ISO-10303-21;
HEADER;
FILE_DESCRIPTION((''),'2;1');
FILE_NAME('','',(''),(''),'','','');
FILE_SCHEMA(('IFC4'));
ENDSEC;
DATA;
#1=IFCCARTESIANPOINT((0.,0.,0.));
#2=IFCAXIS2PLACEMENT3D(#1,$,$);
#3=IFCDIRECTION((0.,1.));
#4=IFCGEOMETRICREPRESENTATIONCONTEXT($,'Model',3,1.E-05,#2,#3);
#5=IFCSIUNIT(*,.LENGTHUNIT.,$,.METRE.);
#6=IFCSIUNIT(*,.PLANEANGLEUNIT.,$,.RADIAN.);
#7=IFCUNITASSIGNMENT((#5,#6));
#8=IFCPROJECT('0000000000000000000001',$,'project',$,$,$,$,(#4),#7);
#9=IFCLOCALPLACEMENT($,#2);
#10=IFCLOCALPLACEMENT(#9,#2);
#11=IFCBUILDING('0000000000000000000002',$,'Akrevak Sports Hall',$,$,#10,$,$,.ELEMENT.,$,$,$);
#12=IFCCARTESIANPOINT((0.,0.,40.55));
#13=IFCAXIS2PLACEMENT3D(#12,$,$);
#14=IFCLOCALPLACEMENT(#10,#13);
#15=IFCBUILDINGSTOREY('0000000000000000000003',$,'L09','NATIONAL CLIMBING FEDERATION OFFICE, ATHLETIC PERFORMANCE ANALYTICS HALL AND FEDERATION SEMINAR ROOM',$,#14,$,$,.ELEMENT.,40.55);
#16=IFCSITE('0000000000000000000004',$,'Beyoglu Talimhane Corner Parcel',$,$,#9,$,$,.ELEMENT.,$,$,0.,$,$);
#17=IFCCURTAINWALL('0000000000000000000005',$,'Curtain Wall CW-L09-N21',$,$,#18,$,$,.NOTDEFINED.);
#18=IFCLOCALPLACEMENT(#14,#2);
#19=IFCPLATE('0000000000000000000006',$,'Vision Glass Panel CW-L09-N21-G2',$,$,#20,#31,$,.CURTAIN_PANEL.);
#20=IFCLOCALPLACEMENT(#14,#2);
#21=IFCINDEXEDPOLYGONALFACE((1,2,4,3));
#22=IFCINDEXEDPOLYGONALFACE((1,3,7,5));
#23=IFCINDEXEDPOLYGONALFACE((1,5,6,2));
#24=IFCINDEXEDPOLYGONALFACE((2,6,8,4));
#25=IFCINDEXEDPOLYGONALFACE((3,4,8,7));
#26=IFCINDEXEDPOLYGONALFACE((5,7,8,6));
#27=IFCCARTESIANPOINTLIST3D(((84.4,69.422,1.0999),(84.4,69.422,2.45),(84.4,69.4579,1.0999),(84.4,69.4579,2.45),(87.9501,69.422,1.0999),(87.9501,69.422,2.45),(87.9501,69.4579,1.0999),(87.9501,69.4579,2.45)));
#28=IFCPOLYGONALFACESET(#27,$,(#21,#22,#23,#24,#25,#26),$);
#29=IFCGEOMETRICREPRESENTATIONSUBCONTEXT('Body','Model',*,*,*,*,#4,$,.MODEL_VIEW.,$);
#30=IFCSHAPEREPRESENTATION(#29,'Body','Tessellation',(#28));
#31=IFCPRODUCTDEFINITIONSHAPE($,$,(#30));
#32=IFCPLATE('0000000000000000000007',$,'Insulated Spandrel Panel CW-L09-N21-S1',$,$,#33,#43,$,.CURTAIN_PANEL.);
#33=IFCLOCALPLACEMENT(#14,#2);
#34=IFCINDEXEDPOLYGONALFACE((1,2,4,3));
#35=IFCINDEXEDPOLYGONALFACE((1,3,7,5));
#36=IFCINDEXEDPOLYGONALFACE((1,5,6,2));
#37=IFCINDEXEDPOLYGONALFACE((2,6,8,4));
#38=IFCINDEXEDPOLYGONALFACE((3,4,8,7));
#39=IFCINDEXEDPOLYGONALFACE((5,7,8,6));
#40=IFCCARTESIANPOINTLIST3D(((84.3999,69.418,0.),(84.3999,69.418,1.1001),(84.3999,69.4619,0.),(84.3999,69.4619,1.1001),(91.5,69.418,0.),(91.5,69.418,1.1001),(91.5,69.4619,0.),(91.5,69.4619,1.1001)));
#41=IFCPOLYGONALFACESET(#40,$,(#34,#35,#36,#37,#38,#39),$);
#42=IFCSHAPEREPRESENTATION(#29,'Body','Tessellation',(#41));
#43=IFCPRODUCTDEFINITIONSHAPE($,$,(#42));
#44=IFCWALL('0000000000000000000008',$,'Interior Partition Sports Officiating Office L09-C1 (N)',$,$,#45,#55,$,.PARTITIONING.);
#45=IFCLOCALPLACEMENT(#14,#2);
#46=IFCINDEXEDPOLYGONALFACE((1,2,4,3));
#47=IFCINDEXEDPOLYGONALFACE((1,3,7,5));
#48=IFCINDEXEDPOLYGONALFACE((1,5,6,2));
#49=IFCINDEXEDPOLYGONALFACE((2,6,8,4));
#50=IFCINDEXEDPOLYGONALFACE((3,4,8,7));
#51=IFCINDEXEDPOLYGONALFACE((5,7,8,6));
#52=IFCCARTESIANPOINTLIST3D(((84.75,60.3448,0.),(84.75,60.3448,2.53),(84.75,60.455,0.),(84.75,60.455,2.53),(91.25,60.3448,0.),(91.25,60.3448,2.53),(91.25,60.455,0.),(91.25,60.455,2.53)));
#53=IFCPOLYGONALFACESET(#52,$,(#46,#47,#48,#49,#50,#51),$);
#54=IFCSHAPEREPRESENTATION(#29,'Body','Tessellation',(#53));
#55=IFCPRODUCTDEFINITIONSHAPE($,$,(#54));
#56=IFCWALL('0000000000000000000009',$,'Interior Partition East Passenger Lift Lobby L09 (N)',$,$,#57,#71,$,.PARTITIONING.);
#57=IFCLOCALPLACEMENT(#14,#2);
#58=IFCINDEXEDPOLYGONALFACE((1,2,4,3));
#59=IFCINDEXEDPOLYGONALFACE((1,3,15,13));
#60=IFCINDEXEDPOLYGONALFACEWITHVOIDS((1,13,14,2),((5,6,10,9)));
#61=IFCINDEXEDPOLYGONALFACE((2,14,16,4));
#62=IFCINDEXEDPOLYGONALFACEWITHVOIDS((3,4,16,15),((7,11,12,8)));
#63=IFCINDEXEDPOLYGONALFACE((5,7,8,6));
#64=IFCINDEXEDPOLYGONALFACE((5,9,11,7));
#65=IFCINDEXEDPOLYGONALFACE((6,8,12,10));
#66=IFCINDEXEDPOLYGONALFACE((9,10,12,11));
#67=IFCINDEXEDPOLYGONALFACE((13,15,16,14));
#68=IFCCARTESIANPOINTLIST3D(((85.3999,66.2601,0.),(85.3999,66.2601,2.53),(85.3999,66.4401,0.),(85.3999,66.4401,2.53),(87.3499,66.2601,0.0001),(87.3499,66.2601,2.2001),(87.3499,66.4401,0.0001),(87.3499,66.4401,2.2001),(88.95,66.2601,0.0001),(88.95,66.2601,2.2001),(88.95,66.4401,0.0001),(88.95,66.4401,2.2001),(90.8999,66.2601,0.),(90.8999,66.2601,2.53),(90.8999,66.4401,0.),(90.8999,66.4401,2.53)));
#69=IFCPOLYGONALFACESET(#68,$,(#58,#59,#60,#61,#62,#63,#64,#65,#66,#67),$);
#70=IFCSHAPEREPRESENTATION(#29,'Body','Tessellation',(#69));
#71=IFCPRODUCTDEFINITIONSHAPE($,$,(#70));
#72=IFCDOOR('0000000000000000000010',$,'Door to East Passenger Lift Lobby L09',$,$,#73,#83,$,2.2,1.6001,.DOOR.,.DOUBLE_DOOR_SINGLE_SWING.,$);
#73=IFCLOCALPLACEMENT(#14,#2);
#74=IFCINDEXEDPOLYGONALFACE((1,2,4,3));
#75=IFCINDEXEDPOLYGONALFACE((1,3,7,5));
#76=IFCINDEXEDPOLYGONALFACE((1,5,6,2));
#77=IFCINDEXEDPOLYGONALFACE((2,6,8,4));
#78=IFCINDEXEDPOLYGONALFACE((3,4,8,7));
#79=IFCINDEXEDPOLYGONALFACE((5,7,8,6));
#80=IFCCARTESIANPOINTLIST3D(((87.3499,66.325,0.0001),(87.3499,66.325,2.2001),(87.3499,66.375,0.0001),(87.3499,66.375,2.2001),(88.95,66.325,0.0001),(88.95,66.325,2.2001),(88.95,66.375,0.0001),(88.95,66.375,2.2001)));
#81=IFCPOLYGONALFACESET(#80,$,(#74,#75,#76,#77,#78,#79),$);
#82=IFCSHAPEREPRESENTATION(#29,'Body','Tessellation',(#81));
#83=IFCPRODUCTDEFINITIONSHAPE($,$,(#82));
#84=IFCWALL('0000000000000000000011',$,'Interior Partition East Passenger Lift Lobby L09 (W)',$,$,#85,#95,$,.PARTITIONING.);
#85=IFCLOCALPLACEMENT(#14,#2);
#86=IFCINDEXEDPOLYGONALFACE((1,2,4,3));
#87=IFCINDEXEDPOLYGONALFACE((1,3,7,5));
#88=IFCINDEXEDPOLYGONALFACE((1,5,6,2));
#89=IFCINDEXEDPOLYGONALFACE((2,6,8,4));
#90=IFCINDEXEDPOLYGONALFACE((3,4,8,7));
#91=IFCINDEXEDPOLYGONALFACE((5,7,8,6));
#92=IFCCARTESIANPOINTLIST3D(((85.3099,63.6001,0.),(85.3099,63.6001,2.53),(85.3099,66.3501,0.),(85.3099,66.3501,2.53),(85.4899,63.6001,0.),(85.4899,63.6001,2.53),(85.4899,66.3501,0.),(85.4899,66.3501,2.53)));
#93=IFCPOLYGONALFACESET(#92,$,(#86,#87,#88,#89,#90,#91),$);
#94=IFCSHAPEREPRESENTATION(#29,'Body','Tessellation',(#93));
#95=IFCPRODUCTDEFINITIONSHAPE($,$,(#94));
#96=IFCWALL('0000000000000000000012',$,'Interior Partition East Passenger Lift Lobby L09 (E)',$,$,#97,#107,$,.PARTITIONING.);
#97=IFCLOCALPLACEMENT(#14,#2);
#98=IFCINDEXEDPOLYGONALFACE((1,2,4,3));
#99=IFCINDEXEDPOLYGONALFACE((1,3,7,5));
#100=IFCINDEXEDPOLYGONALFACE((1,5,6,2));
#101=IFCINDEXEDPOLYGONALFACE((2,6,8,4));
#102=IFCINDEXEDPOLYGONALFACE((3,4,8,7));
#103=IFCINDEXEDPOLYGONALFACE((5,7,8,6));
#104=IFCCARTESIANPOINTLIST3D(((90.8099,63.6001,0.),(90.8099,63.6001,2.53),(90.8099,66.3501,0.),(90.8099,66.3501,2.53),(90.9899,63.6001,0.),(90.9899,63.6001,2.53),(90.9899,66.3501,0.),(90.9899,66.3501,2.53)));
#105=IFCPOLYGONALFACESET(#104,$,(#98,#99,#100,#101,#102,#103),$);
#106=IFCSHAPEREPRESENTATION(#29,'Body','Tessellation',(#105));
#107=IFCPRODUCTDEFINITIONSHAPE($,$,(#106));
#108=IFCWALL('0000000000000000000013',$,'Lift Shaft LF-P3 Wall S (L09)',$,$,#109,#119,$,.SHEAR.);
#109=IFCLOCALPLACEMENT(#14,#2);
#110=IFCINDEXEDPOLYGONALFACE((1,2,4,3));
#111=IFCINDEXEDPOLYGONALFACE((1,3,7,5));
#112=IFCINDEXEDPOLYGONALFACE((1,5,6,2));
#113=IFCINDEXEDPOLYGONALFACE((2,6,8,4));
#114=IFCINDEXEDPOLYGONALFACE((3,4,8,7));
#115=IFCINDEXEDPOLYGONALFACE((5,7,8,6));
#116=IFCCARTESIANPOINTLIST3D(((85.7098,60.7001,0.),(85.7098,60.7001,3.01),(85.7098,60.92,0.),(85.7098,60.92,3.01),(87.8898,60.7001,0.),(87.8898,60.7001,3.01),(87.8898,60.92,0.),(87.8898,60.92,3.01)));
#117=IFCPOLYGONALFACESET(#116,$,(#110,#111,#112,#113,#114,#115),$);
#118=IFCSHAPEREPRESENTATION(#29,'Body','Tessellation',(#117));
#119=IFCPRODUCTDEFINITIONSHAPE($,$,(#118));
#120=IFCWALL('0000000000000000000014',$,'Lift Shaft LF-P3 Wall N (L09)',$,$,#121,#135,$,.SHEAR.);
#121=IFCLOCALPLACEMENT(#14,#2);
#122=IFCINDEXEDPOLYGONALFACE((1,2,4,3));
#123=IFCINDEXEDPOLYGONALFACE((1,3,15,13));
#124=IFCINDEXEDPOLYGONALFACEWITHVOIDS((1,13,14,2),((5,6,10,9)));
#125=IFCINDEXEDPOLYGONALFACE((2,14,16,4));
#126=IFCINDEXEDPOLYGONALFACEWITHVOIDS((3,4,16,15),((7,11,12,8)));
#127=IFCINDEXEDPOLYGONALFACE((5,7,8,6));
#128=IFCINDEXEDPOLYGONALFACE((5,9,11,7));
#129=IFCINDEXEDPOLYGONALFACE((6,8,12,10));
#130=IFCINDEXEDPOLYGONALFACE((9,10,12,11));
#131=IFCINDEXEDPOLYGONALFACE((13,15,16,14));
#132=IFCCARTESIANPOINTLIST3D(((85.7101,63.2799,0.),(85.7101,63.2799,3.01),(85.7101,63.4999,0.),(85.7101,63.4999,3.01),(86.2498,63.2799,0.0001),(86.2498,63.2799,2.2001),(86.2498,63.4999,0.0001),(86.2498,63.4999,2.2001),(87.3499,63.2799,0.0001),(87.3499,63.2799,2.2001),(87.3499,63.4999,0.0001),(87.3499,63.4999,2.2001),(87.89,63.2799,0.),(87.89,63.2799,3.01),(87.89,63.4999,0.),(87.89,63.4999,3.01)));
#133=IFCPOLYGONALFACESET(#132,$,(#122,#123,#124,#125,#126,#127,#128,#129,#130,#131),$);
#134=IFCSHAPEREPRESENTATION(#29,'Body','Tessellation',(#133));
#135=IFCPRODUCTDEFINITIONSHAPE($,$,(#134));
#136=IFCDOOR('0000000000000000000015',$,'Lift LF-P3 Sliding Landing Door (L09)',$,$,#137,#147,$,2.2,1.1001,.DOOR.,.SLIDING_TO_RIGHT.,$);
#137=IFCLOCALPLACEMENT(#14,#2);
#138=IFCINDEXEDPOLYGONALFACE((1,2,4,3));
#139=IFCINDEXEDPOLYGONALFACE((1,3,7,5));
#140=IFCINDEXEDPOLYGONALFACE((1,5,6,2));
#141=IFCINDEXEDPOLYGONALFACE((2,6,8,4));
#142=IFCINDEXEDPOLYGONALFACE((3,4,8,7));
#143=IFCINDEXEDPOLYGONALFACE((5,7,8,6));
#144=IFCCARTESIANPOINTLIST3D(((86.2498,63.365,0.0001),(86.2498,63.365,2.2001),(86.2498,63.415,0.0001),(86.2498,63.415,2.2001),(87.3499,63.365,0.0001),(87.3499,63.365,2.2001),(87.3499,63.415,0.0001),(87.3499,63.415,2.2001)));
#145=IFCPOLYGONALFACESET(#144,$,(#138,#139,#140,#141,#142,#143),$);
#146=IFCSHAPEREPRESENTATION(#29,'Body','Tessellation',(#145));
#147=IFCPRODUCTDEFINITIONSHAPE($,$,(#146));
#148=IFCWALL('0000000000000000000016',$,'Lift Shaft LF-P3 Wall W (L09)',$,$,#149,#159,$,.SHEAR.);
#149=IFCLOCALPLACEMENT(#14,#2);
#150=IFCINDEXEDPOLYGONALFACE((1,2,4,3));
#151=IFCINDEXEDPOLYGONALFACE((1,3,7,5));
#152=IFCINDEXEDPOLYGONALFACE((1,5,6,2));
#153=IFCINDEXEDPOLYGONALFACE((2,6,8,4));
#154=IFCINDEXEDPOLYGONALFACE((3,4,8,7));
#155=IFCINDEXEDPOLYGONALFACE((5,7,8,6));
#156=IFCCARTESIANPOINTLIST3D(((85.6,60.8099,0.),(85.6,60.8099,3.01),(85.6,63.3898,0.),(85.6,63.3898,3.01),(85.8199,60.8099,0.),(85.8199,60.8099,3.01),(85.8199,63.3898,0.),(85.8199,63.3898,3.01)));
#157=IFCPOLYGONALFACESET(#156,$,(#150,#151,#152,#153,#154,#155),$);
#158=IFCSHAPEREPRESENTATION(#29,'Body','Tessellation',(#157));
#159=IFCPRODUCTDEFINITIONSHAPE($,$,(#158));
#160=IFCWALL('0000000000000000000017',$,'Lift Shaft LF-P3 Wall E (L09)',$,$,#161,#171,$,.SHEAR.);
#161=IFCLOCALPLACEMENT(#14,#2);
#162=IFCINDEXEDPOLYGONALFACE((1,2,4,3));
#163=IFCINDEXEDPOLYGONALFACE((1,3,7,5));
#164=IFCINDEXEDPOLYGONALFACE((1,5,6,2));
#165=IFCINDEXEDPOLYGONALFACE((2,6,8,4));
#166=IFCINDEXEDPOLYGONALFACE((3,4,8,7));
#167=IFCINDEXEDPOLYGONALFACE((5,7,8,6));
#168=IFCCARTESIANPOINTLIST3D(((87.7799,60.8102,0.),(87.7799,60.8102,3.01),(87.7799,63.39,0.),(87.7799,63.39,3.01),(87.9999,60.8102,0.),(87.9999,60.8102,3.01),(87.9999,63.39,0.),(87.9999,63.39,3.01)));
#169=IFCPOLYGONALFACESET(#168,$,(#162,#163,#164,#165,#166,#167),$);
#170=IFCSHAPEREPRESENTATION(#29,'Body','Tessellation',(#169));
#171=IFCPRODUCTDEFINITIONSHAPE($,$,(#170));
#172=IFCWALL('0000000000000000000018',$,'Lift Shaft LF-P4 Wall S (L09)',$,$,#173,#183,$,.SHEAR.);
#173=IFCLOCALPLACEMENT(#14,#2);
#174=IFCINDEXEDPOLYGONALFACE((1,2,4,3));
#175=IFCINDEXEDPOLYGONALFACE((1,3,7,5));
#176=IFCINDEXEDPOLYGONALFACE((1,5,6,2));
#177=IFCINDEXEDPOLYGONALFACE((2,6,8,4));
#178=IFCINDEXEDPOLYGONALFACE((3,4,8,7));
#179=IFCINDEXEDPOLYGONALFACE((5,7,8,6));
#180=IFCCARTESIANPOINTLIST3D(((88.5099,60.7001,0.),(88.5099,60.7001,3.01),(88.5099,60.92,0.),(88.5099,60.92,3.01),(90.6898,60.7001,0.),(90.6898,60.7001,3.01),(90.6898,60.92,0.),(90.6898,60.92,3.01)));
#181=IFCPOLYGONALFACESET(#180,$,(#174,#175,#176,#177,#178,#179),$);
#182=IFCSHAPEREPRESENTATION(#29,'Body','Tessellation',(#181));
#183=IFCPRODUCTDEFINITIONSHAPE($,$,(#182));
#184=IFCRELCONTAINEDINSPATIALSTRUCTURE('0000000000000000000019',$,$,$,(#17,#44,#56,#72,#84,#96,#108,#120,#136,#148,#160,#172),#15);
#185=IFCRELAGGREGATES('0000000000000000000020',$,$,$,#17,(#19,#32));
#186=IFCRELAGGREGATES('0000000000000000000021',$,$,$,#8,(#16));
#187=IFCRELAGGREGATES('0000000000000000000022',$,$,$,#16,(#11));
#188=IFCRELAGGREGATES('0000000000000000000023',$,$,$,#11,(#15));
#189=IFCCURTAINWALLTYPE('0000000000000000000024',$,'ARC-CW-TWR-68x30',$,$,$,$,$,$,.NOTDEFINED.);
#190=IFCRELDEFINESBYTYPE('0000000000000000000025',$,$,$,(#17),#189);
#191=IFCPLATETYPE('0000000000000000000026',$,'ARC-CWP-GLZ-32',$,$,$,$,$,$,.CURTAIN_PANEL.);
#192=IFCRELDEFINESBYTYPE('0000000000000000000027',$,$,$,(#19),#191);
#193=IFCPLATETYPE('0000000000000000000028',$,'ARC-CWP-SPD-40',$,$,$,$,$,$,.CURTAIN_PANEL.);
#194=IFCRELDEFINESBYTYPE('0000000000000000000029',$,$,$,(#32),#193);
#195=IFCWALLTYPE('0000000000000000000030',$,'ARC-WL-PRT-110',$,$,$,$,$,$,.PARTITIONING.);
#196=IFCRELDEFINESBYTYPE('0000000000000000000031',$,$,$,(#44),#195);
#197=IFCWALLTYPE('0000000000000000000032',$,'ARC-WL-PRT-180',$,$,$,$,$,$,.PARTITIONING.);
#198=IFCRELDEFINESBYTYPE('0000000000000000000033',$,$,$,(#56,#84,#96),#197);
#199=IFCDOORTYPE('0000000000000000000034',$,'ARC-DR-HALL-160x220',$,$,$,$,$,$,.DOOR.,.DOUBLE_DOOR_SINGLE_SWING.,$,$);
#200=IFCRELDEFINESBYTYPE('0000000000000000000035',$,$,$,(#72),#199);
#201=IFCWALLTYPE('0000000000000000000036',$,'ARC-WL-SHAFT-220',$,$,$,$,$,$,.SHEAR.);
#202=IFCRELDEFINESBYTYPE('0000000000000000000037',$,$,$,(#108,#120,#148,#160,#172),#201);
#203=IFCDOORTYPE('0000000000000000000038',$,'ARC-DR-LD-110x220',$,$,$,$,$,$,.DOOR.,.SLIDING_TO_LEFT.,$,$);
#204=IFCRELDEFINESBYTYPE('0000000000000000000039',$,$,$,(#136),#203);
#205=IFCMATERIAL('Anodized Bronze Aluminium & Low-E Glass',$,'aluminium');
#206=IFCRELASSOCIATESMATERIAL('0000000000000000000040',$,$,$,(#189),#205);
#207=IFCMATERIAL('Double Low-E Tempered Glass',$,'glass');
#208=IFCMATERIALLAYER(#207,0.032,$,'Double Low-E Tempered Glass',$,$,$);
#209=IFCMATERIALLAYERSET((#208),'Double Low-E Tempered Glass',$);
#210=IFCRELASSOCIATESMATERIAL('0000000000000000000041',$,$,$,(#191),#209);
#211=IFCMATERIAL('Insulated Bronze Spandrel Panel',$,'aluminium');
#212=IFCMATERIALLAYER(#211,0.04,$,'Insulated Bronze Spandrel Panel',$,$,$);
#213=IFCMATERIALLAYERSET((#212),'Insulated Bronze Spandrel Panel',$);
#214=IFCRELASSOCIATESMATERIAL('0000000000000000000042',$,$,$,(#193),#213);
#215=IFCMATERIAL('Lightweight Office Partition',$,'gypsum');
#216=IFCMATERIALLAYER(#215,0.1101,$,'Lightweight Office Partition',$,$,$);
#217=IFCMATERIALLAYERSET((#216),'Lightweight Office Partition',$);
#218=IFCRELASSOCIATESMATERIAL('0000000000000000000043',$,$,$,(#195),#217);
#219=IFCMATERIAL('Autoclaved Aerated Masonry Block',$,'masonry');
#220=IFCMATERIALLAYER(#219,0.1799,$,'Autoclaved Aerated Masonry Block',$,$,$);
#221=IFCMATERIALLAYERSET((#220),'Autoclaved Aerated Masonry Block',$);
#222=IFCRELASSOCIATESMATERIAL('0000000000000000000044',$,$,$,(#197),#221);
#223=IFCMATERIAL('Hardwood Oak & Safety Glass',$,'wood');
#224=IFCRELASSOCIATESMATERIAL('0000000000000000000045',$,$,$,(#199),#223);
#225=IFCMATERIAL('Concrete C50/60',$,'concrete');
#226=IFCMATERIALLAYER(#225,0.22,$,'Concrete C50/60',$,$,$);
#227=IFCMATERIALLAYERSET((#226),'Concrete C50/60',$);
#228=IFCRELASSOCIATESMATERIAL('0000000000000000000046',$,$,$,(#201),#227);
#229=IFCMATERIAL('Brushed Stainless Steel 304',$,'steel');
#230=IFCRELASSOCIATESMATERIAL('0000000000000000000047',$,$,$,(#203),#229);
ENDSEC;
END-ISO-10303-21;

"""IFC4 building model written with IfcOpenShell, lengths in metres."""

from ifc_helpers import new_model, si_unit, direction, frame, frame_2d, origin, origin_2d, place, context, subcontext, project, spatial, rectangle, extrude, material, layer, layer_set, type_object, element, fill, aggregate, save


model = new_model("IFC4")

# Units and contexts
model_context = context("Model", 3, precision=1e-05, world=origin(), true_north=direction((0.0, 1.0)))
body_context = subcontext(model_context, "Body", "Model", "MODEL_VIEW")
ifc_project = project(units=[si_unit("LENGTHUNIT", "METRE"), si_unit("PLANEANGLEUNIT", "RADIAN")], contexts=[model_context])

# Site, building, storey
site_placement = place(None, origin())
site = spatial("IfcSite", under=ifc_project, at=site_placement, Name="Beyoglu Talimhane Corner Parcel", CompositionType="ELEMENT", RefElevation=0.0)
building_placement = place(site_placement, origin())
building = spatial("IfcBuilding", under=site, at=building_placement, Name="Akrevak Sports Hall", CompositionType="ELEMENT")
storey_placement = place(building_placement, frame((0.0, 0.0, 40.55)))
storey = spatial("IfcBuildingStorey", under=building, at=storey_placement, Name="L09", Description="NATIONAL CLIMBING FEDERATION OFFICE, ATHLETIC PERFORMANCE ANALYTICS HALL AND FEDERATION SEMINAR ROOM", CompositionType="ELEMENT", Elevation=40.55)

# Shared definitions
ifc_material_1 = material(Name="Concrete C50/60", Category="concrete")

# Curtain wall
ifc_material_2 = material(Name="Anodized Bronze Aluminium & Low-E Glass", Category="aluminium")
curtain_wall_type = type_object("IfcCurtainWallType", Name="ARC-CW-TWR-68x30", PredefinedType="NOTDEFINED", material=ifc_material_2)
curtain_wall_placement = place(storey_placement, origin())
curtain_wall = element("IfcCurtainWall", 1, at=curtain_wall_placement, inside=storey, type_object=curtain_wall_type, Name="Curtain Wall CW-L09-N21", PredefinedType="NOTDEFINED")

# Plates
ifc_material_3 = material(Name="Double Low-E Tempered Glass", Category="glass")
ifc_layer_1 = layer(ifc_material_3, 0.032, Name="Double Low-E Tempered Glass")
ifc_layer_set_1 = layer_set([ifc_layer_1], Name="Double Low-E Tempered Glass")
plate_type_1 = type_object("IfcPlateType", Name="ARC-CWP-GLZ-32", PredefinedType="CURTAIN_PANEL", material=ifc_layer_set_1)
plate_1_placement = place(storey_placement, frame((86.175, 69.4399, 1.0999), z_axis=(0.0, 0.0, 1.0), x_axis=(-1.0, 0.0, 0.0)))
plate_1 = element("IfcPlate", 2, at=plate_1_placement, type_object=plate_type_1, Name="Vision Glass Panel CW-L09-N21-G2", PredefinedType="CURTAIN_PANEL", context=body_context, shape_type="SweptSolid", body=[
    extrude(rectangle(XDim=3.55, YDim=0.0359, at=origin_2d()), origin(), (0.0, 0.0, 1.0), 1.3501),
])
ifc_material_4 = material(Name="Insulated Bronze Spandrel Panel", Category="aluminium")
ifc_layer_2 = layer(ifc_material_4, 0.04, Name="Insulated Bronze Spandrel Panel")
ifc_layer_set_2 = layer_set([ifc_layer_2], Name="Insulated Bronze Spandrel Panel")
plate_type_2 = type_object("IfcPlateType", Name="ARC-CWP-SPD-40", PredefinedType="CURTAIN_PANEL", material=ifc_layer_set_2)
plate_2_placement = place(storey_placement, frame((87.95, 69.4399, 0.0), z_axis=(0.0, 0.0, 1.0), x_axis=(-1.0, 0.0, 0.0)))
plate_2 = element("IfcPlate", 3, at=plate_2_placement, type_object=plate_type_2, Name="Insulated Spandrel Panel CW-L09-N21-S1", PredefinedType="CURTAIN_PANEL", context=body_context, shape_type="SweptSolid", body=[
    extrude(rectangle(XDim=7.1001, YDim=0.0439, at=origin_2d()), origin(), (0.0, 0.0, 1.0), 1.1001),
])
aggregate(curtain_wall, [plate_1, plate_2])

# Wall
ifc_material_5 = material(Name="Lightweight Office Partition", Category="gypsum")
ifc_layer_3 = layer(ifc_material_5, 0.1101, Name="Lightweight Office Partition")
ifc_layer_set_3 = layer_set([ifc_layer_3], Name="Lightweight Office Partition")
wall_type_1 = type_object("IfcWallType", Name="ARC-WL-PRT-110", PredefinedType="PARTITIONING", material=ifc_layer_set_3)
wall_1_placement = place(storey_placement, frame((84.75, 60.3999, 0.0), z_axis=(0.0, 0.0, 1.0), x_axis=(1.0, 0.0, 0.0)))
element("IfcWall", 4, at=wall_1_placement, inside=storey, type_object=wall_type_1, Name="Interior Partition Sports Officiating Office L09-C1 (N)", PredefinedType="PARTITIONING", context=body_context, shape_type="SweptSolid", body=[
    extrude(rectangle(XDim=6.5, YDim=0.1101, at=frame_2d((3.25, 0.0))), origin(), (0.0, 0.0, 1.0), 2.53),
])

# Wall, opening, door
ifc_material_6 = material(Name="Autoclaved Aerated Masonry Block", Category="masonry")
ifc_layer_4 = layer(ifc_material_6, 0.1799, Name="Autoclaved Aerated Masonry Block")
ifc_layer_set_4 = layer_set([ifc_layer_4], Name="Autoclaved Aerated Masonry Block")
wall_type_2 = type_object("IfcWallType", Name="ARC-WL-PRT-180", PredefinedType="PARTITIONING", material=ifc_layer_set_4)
wall_2_placement = place(storey_placement, frame((85.3999, 66.3501, 0.0), z_axis=(0.0, 0.0, 1.0), x_axis=(1.0, 0.0, 0.0)))
wall_2 = element("IfcWall", 5, at=wall_2_placement, inside=storey, type_object=wall_type_2, Name="Interior Partition East Passenger Lift Lobby L09 (N)", PredefinedType="PARTITIONING", context=body_context, shape_type="SweptSolid", body=[
    extrude(rectangle(XDim=5.5, YDim=0.1799, at=frame_2d((2.75, 0.0))), origin(), (0.0, 0.0, 1.0), 2.53),
])
opening_1_placement = place(wall_2_placement, frame((1.95, 0.0, 0.0)))
opening_1 = element("IfcOpeningElement", 6, at=opening_1_placement, cuts=wall_2, PredefinedType="OPENING", context=body_context, shape_type="SweptSolid", body=[
    extrude(rectangle(XDim=1.6001, YDim=2.2, at=frame_2d((0.8, 1.1001))), frame((0.0, 0.1021, 0.0), z_axis=(0.0, -1.0, 0.0), x_axis=(1.0, 0.0, 0.0)), (0.0, 0.0, 1.0), 0.2039),
])
ifc_material_7 = material(Name="Hardwood Oak & Safety Glass", Category="wood")
door_type_1 = type_object("IfcDoorType", Name="ARC-DR-HALL-160x220", OperationType="DOUBLE_DOOR_SINGLE_SWING", PredefinedType="DOOR", material=ifc_material_7)
door_1_placement = place(opening_1_placement, origin())
door_1 = element("IfcDoor", 7, at=door_1_placement, inside=storey, type_object=door_type_1, Name="Door to East Passenger Lift Lobby L09", OperationType="DOUBLE_DOOR_SINGLE_SWING", OverallHeight=2.2, OverallWidth=1.6001, PredefinedType="DOOR", context=body_context, shape_type="SweptSolid", body=[
    extrude(rectangle(XDim=1.6001, YDim=2.2, at=frame_2d((0.8, 1.1001))), frame((0.0, 0.0249, 0.0), z_axis=(0.0, -1.0, 0.0), x_axis=(1.0, 0.0, 0.0)), (0.0, 0.0, 1.0), 0.05),
])
fill(opening_1, door_1)

# Walls
for number, where, z_axis, x_axis, name in (
    (8, (85.3999, 63.6001, 0.0), (0.0, 0.0, 1.0), (0.0, 1.0, 0.0), "Interior Partition East Passenger Lift Lobby L09 (W)"),
    (9, (90.8999, 63.6001, 0.0), (0.0, 0.0, 1.0), (0.0, 1.0, 0.0), "Interior Partition East Passenger Lift Lobby L09 (E)"),
):
    element("IfcWall", number, at=place(storey_placement, frame(where, z_axis=z_axis, x_axis=x_axis)), inside=storey, type_object=wall_type_2, Name=name, PredefinedType="PARTITIONING", context=body_context, shape_type="SweptSolid", body=[
        extrude(rectangle(XDim=2.75, YDim=0.1799, at=frame_2d((1.375, 0.0))), origin(), (0.0, 0.0, 1.0), 2.53),
    ])
ifc_layer_5 = layer(ifc_material_1, 0.22, Name="Concrete C50/60")
ifc_layer_set_5 = layer_set([ifc_layer_5], Name="Concrete C50/60")
wall_type_3 = type_object("IfcWallType", Name="ARC-WL-SHAFT-220", PredefinedType="SHEAR", material=ifc_layer_set_5)
wall_3_placement = place(storey_placement, frame((85.71, 60.8101, 0.0), z_axis=(0.0, 0.0, 1.0), x_axis=(1.0, 0.0, 0.0)))
element("IfcWall", 10, at=wall_3_placement, inside=storey, type_object=wall_type_3, Name="Lift Shaft LF-P3 Wall S (L09)", PredefinedType="SHEAR", context=body_context, shape_type="SweptSolid", body=[
    extrude(rectangle(XDim=2.1799, YDim=0.22, at=frame_2d((1.0898, 0.0))), origin(), (0.0, 0.0, 1.0), 3.01),
])

# Wall, opening, door
wall_4_placement = place(storey_placement, frame((87.8899, 63.3899, 0.0), z_axis=(0.0, 0.0, 1.0), x_axis=(-1.0, 0.0, 0.0)))
wall_4 = element("IfcWall", 11, at=wall_4_placement, inside=storey, type_object=wall_type_3, Name="Lift Shaft LF-P3 Wall N (L09)", PredefinedType="SHEAR", context=body_context, shape_type="SweptSolid", body=[
    extrude(rectangle(XDim=2.1799, YDim=0.22, at=frame_2d((1.0898, 0.0))), origin(), (0.0, 0.0, 1.0), 3.01),
])
opening_2_placement = place(wall_4_placement, frame((0.54, 0.0, 0.0)))
opening_2 = element("IfcOpeningElement", 12, at=opening_2_placement, cuts=wall_4, PredefinedType="OPENING", context=body_context, shape_type="SweptSolid", body=[
    extrude(rectangle(XDim=1.1001, YDim=2.2, at=frame_2d((0.55, 1.1001))), frame((0.0, 0.1221, 0.0), z_axis=(0.0, -1.0, 0.0), x_axis=(1.0, 0.0, 0.0)), (0.0, 0.0, 1.0), 0.2439),
])
ifc_material_8 = material(Name="Brushed Stainless Steel 304", Category="steel")
door_type_2 = type_object("IfcDoorType", Name="ARC-DR-LD-110x220", OperationType="SLIDING_TO_LEFT", PredefinedType="DOOR", material=ifc_material_8)
door_2_placement = place(opening_2_placement, origin())
door_2 = element("IfcDoor", 13, at=door_2_placement, inside=storey, type_object=door_type_2, Name="Lift LF-P3 Sliding Landing Door (L09)", OperationType="SLIDING_TO_RIGHT", OverallHeight=2.2, OverallWidth=1.1001, PredefinedType="DOOR", context=body_context, shape_type="SweptSolid", body=[
    extrude(rectangle(XDim=1.1001, YDim=2.2, at=frame_2d((0.55, 1.1001))), frame((0.0, 0.0249, 0.0), z_axis=(0.0, -1.0, 0.0), x_axis=(1.0, 0.0, 0.0)), (0.0, 0.0, 1.0), 0.05),
])
fill(opening_2, door_2)

# Walls
for number, where, z_axis, x_axis, name in (
    (14, (85.71, 63.3899, 0.0), (0.0, 0.0, 1.0), (0.0, -1.0, 0.0), "Lift Shaft LF-P3 Wall W (L09)"),
    (15, (87.8899, 60.8101, 0.0), (0.0, 0.0, 1.0), (0.0, 1.0, 0.0), "Lift Shaft LF-P3 Wall E (L09)"),
):
    element("IfcWall", number, at=place(storey_placement, frame(where, z_axis=z_axis, x_axis=x_axis)), inside=storey, type_object=wall_type_3, Name=name, PredefinedType="SHEAR", context=body_context, shape_type="SweptSolid", body=[
        extrude(rectangle(XDim=2.5798, YDim=0.22, at=frame_2d((1.29, 0.0))), origin(), (0.0, 0.0, 1.0), 3.01),
    ])
wall_5_placement = place(storey_placement, frame((88.51, 60.8101, 0.0), z_axis=(0.0, 0.0, 1.0), x_axis=(1.0, 0.0, 0.0)))
element("IfcWall", 16, at=wall_5_placement, inside=storey, type_object=wall_type_3, Name="Lift Shaft LF-P4 Wall S (L09)", PredefinedType="SHEAR", context=body_context, shape_type="SweptSolid", body=[
    extrude(rectangle(XDim=2.1799, YDim=0.22, at=frame_2d((1.0898, 0.0))), origin(), (0.0, 0.0, 1.0), 3.01),
])

save(model, "model.ifc")
